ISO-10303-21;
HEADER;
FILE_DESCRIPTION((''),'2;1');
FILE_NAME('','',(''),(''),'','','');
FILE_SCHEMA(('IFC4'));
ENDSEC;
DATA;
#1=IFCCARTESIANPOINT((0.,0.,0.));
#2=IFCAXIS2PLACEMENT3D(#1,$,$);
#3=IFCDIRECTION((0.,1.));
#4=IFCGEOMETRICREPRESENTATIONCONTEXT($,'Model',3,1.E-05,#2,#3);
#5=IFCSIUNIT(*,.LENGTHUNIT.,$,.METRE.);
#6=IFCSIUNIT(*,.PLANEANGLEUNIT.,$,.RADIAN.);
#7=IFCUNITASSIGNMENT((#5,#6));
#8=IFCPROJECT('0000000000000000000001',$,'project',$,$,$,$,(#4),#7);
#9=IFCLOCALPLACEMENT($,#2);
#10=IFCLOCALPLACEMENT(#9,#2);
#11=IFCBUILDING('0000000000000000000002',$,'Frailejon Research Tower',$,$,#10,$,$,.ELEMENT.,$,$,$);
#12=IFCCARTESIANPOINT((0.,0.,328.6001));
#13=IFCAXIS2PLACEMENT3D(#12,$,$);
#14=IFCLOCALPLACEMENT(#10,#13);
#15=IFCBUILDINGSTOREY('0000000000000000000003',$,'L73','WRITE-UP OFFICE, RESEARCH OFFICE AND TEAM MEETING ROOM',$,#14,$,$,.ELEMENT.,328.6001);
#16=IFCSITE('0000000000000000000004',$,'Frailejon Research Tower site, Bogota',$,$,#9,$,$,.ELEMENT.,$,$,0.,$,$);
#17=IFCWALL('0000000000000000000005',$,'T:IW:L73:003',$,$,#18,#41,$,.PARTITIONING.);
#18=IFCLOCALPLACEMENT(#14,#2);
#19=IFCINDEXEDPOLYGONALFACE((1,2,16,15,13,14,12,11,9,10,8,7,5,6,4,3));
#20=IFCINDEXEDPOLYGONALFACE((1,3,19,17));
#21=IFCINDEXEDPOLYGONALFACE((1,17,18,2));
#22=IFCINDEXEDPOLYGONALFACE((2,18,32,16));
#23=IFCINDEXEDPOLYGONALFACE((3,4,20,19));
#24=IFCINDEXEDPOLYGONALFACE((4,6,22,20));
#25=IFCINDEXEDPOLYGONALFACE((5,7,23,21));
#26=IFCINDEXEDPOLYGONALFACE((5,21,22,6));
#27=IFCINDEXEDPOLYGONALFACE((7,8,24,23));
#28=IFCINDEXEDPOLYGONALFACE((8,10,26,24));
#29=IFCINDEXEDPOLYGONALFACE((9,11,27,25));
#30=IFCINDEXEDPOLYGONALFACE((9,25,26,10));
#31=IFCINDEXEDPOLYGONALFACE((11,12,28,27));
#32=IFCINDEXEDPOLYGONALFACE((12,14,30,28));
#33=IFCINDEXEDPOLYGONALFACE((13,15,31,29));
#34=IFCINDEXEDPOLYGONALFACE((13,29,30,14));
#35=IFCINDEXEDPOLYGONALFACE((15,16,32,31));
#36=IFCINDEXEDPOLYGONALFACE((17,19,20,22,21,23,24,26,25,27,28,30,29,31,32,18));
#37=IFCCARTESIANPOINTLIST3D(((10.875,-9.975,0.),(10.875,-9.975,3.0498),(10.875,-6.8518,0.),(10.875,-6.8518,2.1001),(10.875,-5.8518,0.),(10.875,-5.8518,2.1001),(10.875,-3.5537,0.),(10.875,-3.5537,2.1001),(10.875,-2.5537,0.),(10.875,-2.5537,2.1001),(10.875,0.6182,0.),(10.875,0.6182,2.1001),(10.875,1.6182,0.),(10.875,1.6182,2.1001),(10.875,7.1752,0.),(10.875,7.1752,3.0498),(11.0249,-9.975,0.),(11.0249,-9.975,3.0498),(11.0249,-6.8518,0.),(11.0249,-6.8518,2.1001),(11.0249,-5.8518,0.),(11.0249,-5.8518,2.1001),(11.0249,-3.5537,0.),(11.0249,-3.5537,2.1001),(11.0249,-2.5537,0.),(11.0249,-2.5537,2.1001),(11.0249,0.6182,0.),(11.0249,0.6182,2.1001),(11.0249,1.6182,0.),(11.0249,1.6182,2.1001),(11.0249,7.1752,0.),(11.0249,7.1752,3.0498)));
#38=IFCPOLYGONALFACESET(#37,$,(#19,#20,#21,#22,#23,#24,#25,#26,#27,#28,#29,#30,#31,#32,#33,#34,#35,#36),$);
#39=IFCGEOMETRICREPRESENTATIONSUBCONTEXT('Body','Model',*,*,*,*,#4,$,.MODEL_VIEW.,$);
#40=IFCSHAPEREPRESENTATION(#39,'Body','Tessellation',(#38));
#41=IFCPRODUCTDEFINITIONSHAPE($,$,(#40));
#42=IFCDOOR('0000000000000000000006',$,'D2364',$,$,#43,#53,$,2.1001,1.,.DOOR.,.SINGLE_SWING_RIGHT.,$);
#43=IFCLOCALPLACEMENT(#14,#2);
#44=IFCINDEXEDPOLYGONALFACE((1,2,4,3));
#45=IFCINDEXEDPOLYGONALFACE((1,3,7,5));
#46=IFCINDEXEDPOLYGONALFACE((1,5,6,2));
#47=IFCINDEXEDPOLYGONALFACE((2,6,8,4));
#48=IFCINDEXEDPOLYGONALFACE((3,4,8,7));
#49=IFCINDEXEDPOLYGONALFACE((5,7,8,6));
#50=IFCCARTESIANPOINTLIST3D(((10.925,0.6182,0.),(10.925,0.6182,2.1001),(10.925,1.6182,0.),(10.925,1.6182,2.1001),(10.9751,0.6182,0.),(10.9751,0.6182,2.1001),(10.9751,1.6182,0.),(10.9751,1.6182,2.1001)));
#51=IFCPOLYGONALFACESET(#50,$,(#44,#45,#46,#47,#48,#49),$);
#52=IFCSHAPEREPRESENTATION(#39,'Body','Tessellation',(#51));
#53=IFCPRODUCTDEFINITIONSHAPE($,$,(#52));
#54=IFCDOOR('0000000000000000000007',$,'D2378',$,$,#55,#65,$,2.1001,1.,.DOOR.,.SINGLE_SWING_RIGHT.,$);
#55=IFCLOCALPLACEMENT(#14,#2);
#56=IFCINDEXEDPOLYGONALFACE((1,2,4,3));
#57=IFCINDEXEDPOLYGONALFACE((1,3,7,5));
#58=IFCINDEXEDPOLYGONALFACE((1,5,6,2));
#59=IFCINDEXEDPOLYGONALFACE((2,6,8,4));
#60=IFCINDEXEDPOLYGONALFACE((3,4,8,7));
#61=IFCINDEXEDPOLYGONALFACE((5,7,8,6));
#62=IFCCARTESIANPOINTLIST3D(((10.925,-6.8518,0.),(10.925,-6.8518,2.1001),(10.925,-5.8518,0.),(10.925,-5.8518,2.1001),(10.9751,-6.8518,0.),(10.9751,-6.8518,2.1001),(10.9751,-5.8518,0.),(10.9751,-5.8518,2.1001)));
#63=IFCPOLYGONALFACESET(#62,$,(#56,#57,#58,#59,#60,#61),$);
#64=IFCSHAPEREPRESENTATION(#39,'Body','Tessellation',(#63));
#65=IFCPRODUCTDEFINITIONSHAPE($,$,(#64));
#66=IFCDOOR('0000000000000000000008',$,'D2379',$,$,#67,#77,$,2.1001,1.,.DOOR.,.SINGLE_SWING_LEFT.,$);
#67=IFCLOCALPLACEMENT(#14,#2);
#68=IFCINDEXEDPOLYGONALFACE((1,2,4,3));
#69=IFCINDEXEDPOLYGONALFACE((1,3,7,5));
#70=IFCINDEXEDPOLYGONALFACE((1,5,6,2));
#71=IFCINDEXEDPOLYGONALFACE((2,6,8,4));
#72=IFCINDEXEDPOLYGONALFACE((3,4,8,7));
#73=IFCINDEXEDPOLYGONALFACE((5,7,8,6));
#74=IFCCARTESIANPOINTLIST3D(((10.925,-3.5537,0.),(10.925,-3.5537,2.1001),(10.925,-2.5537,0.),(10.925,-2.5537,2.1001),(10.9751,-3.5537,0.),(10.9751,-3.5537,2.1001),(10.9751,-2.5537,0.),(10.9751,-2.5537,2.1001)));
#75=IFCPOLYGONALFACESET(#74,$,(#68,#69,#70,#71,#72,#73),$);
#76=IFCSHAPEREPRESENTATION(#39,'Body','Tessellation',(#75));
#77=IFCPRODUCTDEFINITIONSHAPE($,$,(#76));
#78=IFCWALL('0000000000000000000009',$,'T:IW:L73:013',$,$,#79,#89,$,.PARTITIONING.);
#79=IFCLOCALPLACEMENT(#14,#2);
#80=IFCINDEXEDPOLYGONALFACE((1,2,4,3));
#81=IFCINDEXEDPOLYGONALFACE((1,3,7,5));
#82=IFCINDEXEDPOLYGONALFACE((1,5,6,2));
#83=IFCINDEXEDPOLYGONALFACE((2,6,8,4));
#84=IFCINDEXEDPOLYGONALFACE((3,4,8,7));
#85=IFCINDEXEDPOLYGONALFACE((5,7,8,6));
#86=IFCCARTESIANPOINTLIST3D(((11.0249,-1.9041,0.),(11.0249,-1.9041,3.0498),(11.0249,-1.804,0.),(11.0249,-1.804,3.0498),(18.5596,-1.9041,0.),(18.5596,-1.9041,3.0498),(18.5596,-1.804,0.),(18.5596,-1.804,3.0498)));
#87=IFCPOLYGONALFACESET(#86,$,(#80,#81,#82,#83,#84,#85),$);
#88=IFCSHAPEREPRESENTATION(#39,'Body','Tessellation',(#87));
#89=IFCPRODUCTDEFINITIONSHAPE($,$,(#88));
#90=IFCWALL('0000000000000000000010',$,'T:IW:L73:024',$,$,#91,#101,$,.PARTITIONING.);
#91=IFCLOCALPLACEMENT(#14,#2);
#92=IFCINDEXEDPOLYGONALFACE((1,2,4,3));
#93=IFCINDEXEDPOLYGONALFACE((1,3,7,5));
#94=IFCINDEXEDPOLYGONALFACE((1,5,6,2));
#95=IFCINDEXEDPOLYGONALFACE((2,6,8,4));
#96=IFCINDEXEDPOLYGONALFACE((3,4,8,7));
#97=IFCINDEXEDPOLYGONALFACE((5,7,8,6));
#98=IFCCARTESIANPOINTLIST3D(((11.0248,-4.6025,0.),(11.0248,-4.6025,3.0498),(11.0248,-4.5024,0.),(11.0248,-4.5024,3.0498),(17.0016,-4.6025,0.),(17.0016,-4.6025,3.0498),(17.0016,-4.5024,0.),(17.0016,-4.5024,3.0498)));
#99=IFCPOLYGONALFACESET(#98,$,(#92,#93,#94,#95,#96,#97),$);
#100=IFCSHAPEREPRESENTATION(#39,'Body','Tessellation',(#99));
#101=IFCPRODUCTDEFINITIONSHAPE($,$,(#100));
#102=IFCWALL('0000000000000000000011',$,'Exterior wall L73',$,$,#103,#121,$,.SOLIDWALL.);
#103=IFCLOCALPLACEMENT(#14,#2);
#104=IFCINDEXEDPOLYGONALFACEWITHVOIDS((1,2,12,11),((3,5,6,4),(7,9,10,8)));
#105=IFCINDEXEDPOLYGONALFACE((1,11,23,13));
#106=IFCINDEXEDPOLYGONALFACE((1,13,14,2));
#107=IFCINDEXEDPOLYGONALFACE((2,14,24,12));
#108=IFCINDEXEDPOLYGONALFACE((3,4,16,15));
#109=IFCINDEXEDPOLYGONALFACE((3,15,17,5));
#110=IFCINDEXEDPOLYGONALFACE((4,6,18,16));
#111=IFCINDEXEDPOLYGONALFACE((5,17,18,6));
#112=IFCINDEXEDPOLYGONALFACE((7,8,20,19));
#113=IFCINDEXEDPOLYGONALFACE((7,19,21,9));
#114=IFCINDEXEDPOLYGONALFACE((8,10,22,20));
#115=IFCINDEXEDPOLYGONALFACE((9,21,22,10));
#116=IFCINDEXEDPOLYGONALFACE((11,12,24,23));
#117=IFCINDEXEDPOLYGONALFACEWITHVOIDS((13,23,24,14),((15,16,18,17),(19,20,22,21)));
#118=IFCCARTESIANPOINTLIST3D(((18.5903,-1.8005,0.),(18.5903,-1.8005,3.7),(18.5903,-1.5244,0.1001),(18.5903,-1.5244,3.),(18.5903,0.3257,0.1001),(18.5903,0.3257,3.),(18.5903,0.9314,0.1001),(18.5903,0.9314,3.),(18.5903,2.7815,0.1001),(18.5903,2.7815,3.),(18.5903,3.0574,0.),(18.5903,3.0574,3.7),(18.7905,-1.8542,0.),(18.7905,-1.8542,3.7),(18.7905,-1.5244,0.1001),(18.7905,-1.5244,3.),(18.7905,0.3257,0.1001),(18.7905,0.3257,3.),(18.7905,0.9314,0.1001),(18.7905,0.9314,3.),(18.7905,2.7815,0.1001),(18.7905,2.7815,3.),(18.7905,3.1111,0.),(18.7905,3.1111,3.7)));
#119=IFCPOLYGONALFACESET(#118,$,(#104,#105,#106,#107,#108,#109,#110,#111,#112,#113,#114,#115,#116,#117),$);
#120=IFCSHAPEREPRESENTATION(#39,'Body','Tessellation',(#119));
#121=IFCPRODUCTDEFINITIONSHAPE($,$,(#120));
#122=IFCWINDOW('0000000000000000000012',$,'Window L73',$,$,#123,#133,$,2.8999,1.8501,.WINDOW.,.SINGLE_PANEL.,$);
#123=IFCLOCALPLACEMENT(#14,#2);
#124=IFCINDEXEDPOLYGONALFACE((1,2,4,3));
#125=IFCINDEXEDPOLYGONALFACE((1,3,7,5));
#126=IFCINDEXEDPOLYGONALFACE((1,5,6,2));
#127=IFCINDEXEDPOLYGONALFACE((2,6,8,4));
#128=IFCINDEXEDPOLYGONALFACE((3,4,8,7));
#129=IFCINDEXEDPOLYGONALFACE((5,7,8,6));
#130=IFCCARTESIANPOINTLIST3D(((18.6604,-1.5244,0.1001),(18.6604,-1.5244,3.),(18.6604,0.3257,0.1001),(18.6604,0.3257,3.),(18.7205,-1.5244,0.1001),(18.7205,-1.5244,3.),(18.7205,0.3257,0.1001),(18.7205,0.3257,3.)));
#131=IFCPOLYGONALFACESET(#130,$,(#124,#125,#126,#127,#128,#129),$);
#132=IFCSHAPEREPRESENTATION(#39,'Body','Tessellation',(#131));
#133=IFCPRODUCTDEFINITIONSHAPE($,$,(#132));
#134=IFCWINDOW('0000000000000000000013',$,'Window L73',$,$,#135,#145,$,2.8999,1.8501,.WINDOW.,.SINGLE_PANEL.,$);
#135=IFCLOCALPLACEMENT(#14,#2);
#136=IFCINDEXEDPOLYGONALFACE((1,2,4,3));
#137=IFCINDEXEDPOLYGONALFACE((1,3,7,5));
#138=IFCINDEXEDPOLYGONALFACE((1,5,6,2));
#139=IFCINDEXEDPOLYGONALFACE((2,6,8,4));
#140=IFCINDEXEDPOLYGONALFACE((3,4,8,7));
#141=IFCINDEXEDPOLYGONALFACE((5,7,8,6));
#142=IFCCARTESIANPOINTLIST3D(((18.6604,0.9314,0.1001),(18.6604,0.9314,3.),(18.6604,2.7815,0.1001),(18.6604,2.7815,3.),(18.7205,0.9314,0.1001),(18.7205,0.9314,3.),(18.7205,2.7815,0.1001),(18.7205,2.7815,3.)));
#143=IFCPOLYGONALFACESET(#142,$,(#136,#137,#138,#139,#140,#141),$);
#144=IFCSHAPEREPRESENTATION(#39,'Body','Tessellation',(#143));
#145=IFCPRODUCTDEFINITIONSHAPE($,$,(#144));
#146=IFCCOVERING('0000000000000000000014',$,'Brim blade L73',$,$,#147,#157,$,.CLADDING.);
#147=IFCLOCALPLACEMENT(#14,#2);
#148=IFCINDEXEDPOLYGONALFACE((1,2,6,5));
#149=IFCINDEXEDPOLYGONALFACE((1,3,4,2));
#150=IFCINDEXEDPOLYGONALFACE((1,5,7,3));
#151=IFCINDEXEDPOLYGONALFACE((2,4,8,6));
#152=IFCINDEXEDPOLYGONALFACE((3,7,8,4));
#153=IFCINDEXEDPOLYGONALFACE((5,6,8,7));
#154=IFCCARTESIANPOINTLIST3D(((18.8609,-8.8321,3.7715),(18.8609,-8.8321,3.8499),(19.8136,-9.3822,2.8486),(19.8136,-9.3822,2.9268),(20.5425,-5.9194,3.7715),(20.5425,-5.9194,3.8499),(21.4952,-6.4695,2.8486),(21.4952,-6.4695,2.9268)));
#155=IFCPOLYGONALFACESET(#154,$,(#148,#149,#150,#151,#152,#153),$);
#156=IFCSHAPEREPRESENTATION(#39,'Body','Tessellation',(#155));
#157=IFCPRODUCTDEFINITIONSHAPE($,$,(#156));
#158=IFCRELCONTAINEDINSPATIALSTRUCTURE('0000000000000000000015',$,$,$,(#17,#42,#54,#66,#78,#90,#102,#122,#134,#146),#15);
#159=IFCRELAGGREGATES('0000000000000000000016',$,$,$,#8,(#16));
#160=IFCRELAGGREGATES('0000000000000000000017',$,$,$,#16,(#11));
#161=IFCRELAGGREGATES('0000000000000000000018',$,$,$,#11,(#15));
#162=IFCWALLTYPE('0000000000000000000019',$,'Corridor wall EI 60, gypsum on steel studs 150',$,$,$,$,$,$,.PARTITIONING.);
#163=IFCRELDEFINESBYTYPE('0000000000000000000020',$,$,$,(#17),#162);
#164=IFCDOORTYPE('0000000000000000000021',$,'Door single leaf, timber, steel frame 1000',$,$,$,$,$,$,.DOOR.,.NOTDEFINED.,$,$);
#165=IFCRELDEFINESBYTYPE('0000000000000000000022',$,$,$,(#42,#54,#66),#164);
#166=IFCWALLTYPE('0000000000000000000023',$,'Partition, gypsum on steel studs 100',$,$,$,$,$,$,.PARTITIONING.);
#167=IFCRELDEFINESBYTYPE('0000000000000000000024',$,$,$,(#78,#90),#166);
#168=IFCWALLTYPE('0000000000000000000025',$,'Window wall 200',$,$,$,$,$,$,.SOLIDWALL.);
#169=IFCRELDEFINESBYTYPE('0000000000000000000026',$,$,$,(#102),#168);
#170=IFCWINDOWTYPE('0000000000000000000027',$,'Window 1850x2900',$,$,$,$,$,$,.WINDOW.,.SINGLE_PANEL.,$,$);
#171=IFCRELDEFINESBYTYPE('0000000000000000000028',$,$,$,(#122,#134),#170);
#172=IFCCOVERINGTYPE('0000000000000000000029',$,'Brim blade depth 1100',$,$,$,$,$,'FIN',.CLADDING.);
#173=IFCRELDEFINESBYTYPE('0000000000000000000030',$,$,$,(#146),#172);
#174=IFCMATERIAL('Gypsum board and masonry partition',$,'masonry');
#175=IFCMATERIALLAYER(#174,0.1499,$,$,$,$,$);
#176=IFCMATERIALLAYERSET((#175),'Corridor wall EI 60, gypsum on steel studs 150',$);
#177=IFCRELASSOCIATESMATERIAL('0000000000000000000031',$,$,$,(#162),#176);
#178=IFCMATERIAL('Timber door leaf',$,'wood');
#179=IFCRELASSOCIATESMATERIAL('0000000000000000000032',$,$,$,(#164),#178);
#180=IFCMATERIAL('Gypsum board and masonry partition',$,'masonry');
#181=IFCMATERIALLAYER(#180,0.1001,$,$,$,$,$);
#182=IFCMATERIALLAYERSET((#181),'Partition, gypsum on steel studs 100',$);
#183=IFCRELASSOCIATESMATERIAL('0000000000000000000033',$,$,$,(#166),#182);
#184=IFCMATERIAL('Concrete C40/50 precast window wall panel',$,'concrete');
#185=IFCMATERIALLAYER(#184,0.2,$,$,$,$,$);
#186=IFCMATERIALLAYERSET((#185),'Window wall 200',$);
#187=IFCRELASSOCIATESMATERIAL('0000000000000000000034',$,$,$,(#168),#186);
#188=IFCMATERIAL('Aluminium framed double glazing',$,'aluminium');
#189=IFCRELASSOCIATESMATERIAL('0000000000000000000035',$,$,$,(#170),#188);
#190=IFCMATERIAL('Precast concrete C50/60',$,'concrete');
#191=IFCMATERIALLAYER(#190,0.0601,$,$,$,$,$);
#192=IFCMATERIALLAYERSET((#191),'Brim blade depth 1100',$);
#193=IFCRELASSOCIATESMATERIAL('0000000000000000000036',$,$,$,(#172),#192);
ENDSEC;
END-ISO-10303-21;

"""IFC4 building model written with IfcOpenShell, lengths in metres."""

from ifc_helpers import new_model, si_unit, direction, frame, frame_2d, origin, place, context, subcontext, project, spatial, polyline, rectangle, outline, extrude, material, layer, layer_set, type_object, element, fill, save


model = new_model("IFC4")

# Units and contexts
model_context = context("Model", 3, precision=1e-05, world=origin(), true_north=direction((0.0, 1.0)))
body_context = subcontext(model_context, "Body", "Model", "MODEL_VIEW")
ifc_project = project(units=[si_unit("LENGTHUNIT", "METRE"), si_unit("PLANEANGLEUNIT", "RADIAN")], contexts=[model_context])

# Site, building, storey
site_placement = place(None, origin())
site = spatial("IfcSite", under=ifc_project, at=site_placement, Name="Frailejon Research Tower site, Bogota", CompositionType="ELEMENT", RefElevation=0.0)
building_placement = place(site_placement, origin())
building = spatial("IfcBuilding", under=site, at=building_placement, Name="Frailejon Research Tower", CompositionType="ELEMENT")
storey_placement = place(building_placement, frame((0.0, 0.0, 328.6001)))
storey = spatial("IfcBuildingStorey", under=building, at=storey_placement, Name="L73", Description="WRITE-UP OFFICE, RESEARCH OFFICE AND TEAM MEETING ROOM", CompositionType="ELEMENT", Elevation=328.6001)

# Wall, openings, doors
ifc_material_1 = material(Name="Gypsum board and masonry partition", Category="masonry")
ifc_layer_1 = layer(ifc_material_1, 0.1499)
ifc_layer_set_1 = layer_set([ifc_layer_1], Name="Corridor wall EI 60, gypsum on steel studs 150")
wall_type_1 = type_object("IfcWallType", Name="Corridor wall EI 60, gypsum on steel studs 150", PredefinedType="PARTITIONING", material=ifc_layer_set_1)
wall_1_placement = place(storey_placement, frame((10.95, -9.9751, 0.0), z_axis=(0.0, 0.0, 1.0), x_axis=(0.0, 1.0, 0.0)))
wall_1 = element("IfcWall", 1, at=wall_1_placement, inside=storey, type_object=wall_type_1, Name="T:IW:L73:003", PredefinedType="PARTITIONING", context=body_context, shape_type="SweptSolid", body=[
    extrude(rectangle(XDim=17.1501, YDim=0.1499, at=frame_2d((8.5752, 0.0))), origin(), (0.0, 0.0, 1.0), 3.0498),
])
opening_1_placement = place(wall_1_placement, frame((10.5933, 0.0, 0.0)))
opening_1 = element("IfcOpeningElement", 2, at=opening_1_placement, cuts=wall_1, PredefinedType="OPENING", context=body_context, shape_type="SweptSolid", body=[
    extrude(rectangle(XDim=1.0, YDim=2.1001, at=frame_2d((0.5, 1.05))), frame((0.0, 0.085, 0.0), z_axis=(0.0, -1.0, 0.0), x_axis=(1.0, 0.0, 0.0)), (0.0, 0.0, 1.0), 0.1699),
])
opening_2_placement = place(wall_1_placement, frame((3.1233, 0.0, 0.0)))
opening_2 = element("IfcOpeningElement", 3, at=opening_2_placement, cuts=wall_1, PredefinedType="OPENING", context=body_context, shape_type="SweptSolid", body=[
    extrude(rectangle(XDim=1.0, YDim=2.1001, at=frame_2d((0.5, 1.05))), frame((0.0, 0.085, 0.0), z_axis=(0.0, -1.0, 0.0), x_axis=(1.0, 0.0, 0.0)), (0.0, 0.0, 1.0), 0.1699),
])
opening_3_placement = place(wall_1_placement, frame((6.4214, 0.0, 0.0)))
opening_3 = element("IfcOpeningElement", 4, at=opening_3_placement, cuts=wall_1, PredefinedType="OPENING", context=body_context, shape_type="SweptSolid", body=[
    extrude(rectangle(XDim=1.0, YDim=2.1001, at=frame_2d((0.5, 1.05))), frame((0.0, 0.085, 0.0), z_axis=(0.0, -1.0, 0.0), x_axis=(1.0, 0.0, 0.0)), (0.0, 0.0, 1.0), 0.1699),
])
ifc_material_2 = material(Name="Timber door leaf", Category="wood")
door_type = type_object("IfcDoorType", Name="Door single leaf, timber, steel frame 1000", OperationType="NOTDEFINED", PredefinedType="DOOR", material=ifc_material_2)
door_1_placement = place(opening_1_placement, origin())
door_1 = element("IfcDoor", 5, at=door_1_placement, inside=storey, type_object=door_type, Name="D2364", OperationType="SINGLE_SWING_RIGHT", OverallHeight=2.1001, OverallWidth=1.0, PredefinedType="DOOR", context=body_context, shape_type="SweptSolid", body=[
    extrude(rectangle(XDim=1.0, YDim=2.1001, at=frame_2d((0.5, 1.05))), frame((0.0, 0.0249, 0.0), z_axis=(0.0, -1.0, 0.0), x_axis=(1.0, 0.0, 0.0)), (0.0, 0.0, 1.0), 0.05),
])
fill(opening_1, door_1)
door_2_placement = place(opening_2_placement, origin())
door_2 = element("IfcDoor", 6, at=door_2_placement, inside=storey, type_object=door_type, Name="D2378", OperationType="SINGLE_SWING_RIGHT", OverallHeight=2.1001, OverallWidth=1.0, PredefinedType="DOOR", context=body_context, shape_type="SweptSolid", body=[
    extrude(rectangle(XDim=1.0, YDim=2.1001, at=frame_2d((0.5, 1.05))), frame((0.0, 0.0249, 0.0), z_axis=(0.0, -1.0, 0.0), x_axis=(1.0, 0.0, 0.0)), (0.0, 0.0, 1.0), 0.05),
])
fill(opening_2, door_2)
door_3_placement = place(opening_3_placement, origin())
door_3 = element("IfcDoor", 7, at=door_3_placement, inside=storey, type_object=door_type, Name="D2379", OperationType="SINGLE_SWING_LEFT", OverallHeight=2.1001, OverallWidth=1.0, PredefinedType="DOOR", context=body_context, shape_type="SweptSolid", body=[
    extrude(rectangle(XDim=1.0, YDim=2.1001, at=frame_2d((0.5, 1.05))), frame((0.0, 0.0249, 0.0), z_axis=(0.0, -1.0, 0.0), x_axis=(1.0, 0.0, 0.0)), (0.0, 0.0, 1.0), 0.05),
])
fill(opening_3, door_3)

# Walls
ifc_material_3 = material(Name="Gypsum board and masonry partition", Category="masonry")
ifc_layer_2 = layer(ifc_material_3, 0.1001)
ifc_layer_set_2 = layer_set([ifc_layer_2], Name="Partition, gypsum on steel studs 100")
wall_type_2 = type_object("IfcWallType", Name="Partition, gypsum on steel studs 100", PredefinedType="PARTITIONING", material=ifc_layer_set_2)
wall_2_placement = place(storey_placement, frame((11.0249, -1.854, 0.0), z_axis=(0.0, 0.0, 1.0), x_axis=(1.0, 0.0, 0.0)))
element("IfcWall", 8, at=wall_2_placement, inside=storey, type_object=wall_type_2, Name="T:IW:L73:013", PredefinedType="PARTITIONING", context=body_context, shape_type="SweptSolid", body=[
    extrude(rectangle(XDim=7.5347, YDim=0.1001, at=frame_2d((3.7673, 0.0))), origin(), (0.0, 0.0, 1.0), 3.0498),
])
wall_3_placement = place(storey_placement, frame((11.0249, -4.5525, 0.0), z_axis=(0.0, 0.0, 1.0), x_axis=(1.0, 0.0, 0.0)))
element("IfcWall", 9, at=wall_3_placement, inside=storey, type_object=wall_type_2, Name="T:IW:L73:024", PredefinedType="PARTITIONING", context=body_context, shape_type="SweptSolid", body=[
    extrude(rectangle(XDim=5.9768, YDim=0.1001, at=frame_2d((2.9883, 0.0))), origin(), (0.0, 0.0, 1.0), 3.0498),
])

# Wall, openings, windows
ifc_material_4 = material(Name="Concrete C40/50 precast window wall panel", Category="concrete")
ifc_layer_3 = layer(ifc_material_4, 0.2)
ifc_layer_set_3 = layer_set([ifc_layer_3], Name="Window wall 200")
wall_type_3 = type_object("IfcWallType", Name="Window wall 200", PredefinedType="SOLIDWALL", material=ifc_layer_set_3)
wall_4_placement = place(storey_placement, frame((18.6904, -1.8274, 0.0), z_axis=(0.0, 0.0, 1.0), x_axis=(0.0, 1.0, 0.0)))
wall_4 = element("IfcWall", 10, at=wall_4_placement, inside=storey, type_object=wall_type_3, Name="Exterior wall L73", PredefinedType="SOLIDWALL", context=body_context, shape_type="SweptSolid", body=[
    extrude(outline(polyline([(-0.0269, -0.1001), (1.2144, -0.1001), (2.4558, -0.1001), (3.6973, -0.1001), (4.9385, -0.1001), (4.8848, 0.1001), (3.6704, 0.1001), (2.4558, 0.1001), (1.2412, 0.1001), (0.0269, 0.1001), (-0.0269, -0.1001)])), origin(), (0.0, 0.0, 1.0), 3.7),
])
opening_4_placement = place(wall_4_placement, frame((0.303, 0.0, 0.1001)))
opening_4 = element("IfcOpeningElement", 11, at=opening_4_placement, cuts=wall_4, PredefinedType="OPENING", context=body_context, shape_type="SweptSolid", body=[
    extrude(rectangle(XDim=1.8501, YDim=2.8999, at=frame_2d((0.925, 1.45))), frame((0.0, 0.1099, 0.0), z_axis=(0.0, -1.0, 0.0), x_axis=(1.0, 0.0, 0.0)), (0.0, 0.0, 1.0), 0.22),
])
opening_5_placement = place(wall_4_placement, frame((2.7588, 0.0, 0.1001)))
opening_5 = element("IfcOpeningElement", 12, at=opening_5_placement, cuts=wall_4, PredefinedType="OPENING", context=body_context, shape_type="SweptSolid", body=[
    extrude(rectangle(XDim=1.8501, YDim=2.8999, at=frame_2d((0.925, 1.45))), frame((0.0, 0.1099, 0.0), z_axis=(0.0, -1.0, 0.0), x_axis=(1.0, 0.0, 0.0)), (0.0, 0.0, 1.0), 0.22),
])
ifc_material_5 = material(Name="Aluminium framed double glazing", Category="aluminium")
window_type = type_object("IfcWindowType", Name="Window 1850x2900", PartitioningType="SINGLE_PANEL", PredefinedType="WINDOW", material=ifc_material_5)
window_1_placement = place(opening_4_placement, origin())
window_1 = element("IfcWindow", 13, at=window_1_placement, inside=storey, type_object=window_type, Name="Window L73", OverallHeight=2.8999, OverallWidth=1.8501, PartitioningType="SINGLE_PANEL", PredefinedType="WINDOW", context=body_context, shape_type="SweptSolid", body=[
    extrude(rectangle(XDim=1.8501, YDim=2.8999, at=frame_2d((0.925, 1.45))), frame((0.0, 0.03, 0.0), z_axis=(0.0, -1.0, 0.0), x_axis=(1.0, 0.0, 0.0)), (0.0, 0.0, 1.0), 0.0601),
])
fill(opening_4, window_1)
window_2_placement = place(opening_5_placement, origin())
window_2 = element("IfcWindow", 14, at=window_2_placement, inside=storey, type_object=window_type, Name="Window L73", OverallHeight=2.8999, OverallWidth=1.8501, PartitioningType="SINGLE_PANEL", PredefinedType="WINDOW", context=body_context, shape_type="SweptSolid", body=[
    extrude(rectangle(XDim=1.8501, YDim=2.8999, at=frame_2d((0.925, 1.45))), frame((0.0, 0.03, 0.0), z_axis=(0.0, -1.0, 0.0), x_axis=(1.0, 0.0, 0.0)), (0.0, 0.0, 1.0), 0.0601),
])
fill(opening_5, window_2)

# Covering
ifc_material_6 = material(Name="Precast concrete C50/60", Category="concrete")
ifc_layer_4 = layer(ifc_material_6, 0.0601)
ifc_layer_set_4 = layer_set([ifc_layer_4], Name="Brim blade depth 1100")
covering_type_1 = type_object("IfcCoveringType", Name="Brim blade depth 1100", ElementType="FIN", PredefinedType="CLADDING", material=ifc_layer_set_4)
covering_1_placement = place(storey_placement, frame((20.5425, -5.9194, 3.8499), z_axis=(-0.49999, -0.866031, 0.0), x_axis=(0.866031, -0.49999, 0.0)))
element("IfcCovering", 15, at=covering_1_placement, inside=storey, type_object=covering_type_1, Name="Brim blade L73", PredefinedType="CLADDING", context=body_context, shape_type="SweptSolid", body=[
    extrude(outline(polyline([(0.0, -0.0784), (1.1001, -1.0012), (1.1001, -0.9231), (0.0, 0.0), (0.0, -0.0784)])), origin(), (0.0, 0.0, 1.0), 3.3633),
])

save(model, "model.ifc")
